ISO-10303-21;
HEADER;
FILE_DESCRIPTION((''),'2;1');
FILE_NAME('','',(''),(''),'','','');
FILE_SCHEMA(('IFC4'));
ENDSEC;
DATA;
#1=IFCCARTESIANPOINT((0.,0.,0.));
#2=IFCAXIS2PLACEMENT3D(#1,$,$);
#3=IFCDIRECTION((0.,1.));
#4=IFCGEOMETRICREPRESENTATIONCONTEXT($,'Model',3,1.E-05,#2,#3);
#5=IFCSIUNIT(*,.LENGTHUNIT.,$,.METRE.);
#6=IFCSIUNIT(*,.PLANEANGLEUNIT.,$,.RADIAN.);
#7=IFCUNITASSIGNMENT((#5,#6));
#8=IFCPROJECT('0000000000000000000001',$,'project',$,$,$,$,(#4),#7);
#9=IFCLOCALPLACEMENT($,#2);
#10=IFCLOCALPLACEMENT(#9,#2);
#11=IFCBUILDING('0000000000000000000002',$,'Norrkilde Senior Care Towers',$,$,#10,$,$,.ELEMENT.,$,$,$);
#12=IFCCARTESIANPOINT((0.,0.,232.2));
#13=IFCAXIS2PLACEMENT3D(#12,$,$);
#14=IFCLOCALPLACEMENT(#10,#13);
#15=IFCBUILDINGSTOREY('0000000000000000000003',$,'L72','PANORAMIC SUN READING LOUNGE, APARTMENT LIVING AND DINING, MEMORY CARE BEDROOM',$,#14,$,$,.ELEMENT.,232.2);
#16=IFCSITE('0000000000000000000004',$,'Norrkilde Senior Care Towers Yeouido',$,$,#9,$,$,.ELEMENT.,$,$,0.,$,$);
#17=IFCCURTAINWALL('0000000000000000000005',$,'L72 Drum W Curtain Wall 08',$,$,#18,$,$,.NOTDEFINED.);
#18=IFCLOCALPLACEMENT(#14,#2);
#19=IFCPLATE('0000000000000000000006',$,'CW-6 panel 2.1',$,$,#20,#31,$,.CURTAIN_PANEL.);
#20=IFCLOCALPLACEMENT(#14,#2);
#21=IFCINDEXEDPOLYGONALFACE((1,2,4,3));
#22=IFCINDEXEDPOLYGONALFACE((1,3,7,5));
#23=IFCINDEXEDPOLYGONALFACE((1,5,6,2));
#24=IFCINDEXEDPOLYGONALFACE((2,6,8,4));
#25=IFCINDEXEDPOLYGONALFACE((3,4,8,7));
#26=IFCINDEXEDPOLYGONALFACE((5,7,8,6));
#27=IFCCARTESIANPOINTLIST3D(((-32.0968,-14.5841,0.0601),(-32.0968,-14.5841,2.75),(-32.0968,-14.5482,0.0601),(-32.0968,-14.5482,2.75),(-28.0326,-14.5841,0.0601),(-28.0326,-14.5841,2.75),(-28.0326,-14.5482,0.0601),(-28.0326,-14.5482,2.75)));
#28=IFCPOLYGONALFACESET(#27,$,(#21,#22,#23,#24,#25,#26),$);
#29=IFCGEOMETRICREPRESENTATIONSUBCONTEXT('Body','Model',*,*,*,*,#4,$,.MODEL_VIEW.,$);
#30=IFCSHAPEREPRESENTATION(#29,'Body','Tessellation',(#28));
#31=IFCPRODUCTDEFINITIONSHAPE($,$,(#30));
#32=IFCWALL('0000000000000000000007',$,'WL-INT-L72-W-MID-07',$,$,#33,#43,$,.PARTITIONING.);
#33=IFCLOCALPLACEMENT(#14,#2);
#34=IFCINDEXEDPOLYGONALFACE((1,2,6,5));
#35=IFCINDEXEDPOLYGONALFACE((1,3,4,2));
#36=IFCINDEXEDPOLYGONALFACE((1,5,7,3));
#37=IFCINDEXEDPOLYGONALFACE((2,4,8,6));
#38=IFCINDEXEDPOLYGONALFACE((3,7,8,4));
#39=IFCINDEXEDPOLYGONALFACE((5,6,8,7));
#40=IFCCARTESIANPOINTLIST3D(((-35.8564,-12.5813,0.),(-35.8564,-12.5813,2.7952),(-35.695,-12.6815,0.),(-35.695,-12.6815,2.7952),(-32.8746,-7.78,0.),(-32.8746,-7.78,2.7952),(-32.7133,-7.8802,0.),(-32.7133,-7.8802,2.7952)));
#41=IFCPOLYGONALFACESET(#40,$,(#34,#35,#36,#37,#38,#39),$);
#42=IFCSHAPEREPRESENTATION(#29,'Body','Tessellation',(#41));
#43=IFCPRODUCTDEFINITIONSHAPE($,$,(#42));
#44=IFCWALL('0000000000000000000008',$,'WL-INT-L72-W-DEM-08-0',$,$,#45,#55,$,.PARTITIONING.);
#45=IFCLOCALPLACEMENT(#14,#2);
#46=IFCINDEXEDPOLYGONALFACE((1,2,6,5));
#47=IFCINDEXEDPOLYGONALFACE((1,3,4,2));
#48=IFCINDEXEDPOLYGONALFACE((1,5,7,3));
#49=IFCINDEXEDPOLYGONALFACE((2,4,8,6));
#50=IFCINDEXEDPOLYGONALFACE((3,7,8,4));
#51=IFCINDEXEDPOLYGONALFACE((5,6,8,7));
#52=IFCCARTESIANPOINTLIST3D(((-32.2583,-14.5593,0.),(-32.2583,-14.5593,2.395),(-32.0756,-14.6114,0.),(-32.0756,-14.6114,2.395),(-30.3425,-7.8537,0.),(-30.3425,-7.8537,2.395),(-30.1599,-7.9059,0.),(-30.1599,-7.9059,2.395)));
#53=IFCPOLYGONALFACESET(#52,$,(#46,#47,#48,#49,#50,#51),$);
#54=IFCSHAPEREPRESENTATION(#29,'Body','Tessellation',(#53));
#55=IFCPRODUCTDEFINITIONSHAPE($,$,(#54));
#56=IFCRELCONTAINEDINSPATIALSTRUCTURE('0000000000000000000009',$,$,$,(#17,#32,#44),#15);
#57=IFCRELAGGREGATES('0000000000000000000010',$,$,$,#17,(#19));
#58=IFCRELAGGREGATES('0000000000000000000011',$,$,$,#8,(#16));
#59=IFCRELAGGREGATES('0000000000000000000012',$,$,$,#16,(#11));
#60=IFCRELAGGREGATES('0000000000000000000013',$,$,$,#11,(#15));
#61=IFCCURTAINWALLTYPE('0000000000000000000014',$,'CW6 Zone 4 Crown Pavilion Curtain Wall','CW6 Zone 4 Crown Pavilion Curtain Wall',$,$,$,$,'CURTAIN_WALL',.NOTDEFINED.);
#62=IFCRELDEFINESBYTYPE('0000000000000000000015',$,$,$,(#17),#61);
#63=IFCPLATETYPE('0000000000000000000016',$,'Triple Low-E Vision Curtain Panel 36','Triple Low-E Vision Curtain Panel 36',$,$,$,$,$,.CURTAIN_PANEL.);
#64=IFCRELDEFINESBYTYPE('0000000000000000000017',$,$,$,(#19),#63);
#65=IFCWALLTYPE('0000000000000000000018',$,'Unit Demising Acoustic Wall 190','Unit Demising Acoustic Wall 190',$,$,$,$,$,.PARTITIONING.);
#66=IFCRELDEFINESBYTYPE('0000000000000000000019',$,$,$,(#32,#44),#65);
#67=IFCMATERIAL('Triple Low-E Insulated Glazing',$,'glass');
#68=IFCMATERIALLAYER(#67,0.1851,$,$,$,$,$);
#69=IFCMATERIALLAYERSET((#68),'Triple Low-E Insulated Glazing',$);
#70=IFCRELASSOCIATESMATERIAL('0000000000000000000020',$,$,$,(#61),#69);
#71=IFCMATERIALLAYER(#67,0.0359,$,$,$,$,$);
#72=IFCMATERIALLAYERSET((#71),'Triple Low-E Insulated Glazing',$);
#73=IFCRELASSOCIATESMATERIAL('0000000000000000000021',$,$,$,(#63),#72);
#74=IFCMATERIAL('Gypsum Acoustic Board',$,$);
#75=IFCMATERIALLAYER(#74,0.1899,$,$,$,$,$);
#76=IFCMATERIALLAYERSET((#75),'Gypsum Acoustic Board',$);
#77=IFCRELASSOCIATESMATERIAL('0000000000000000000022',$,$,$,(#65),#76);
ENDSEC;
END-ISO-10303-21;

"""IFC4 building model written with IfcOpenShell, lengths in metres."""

from ifc_helpers import new_model, si_unit, direction, frame, frame_2d, origin, origin_2d, place, context, subcontext, project, spatial, rectangle, extrude, source, transform, mapped, material, layer, layer_set, type_object, type_shapes, element, aggregate, save


model = new_model("IFC4")

# Units and contexts
model_context = context("Model", 3, precision=1e-05, world=origin(), true_north=direction((0.0, 1.0)))
body_context = subcontext(model_context, "Body", "Model", "MODEL_VIEW")
ifc_project = project(units=[si_unit("LENGTHUNIT", "METRE"), si_unit("PLANEANGLEUNIT", "RADIAN")], contexts=[model_context])

# Site, building, storey
site_placement = place(None, origin())
site = spatial("IfcSite", under=ifc_project, at=site_placement, Name="Norrkilde Senior Care Towers Yeouido", CompositionType="ELEMENT", RefElevation=0.0)
building_placement = place(site_placement, origin())
building = spatial("IfcBuilding", under=site, at=building_placement, Name="Norrkilde Senior Care Towers", CompositionType="ELEMENT")
storey_placement = place(building_placement, frame((0.0, 0.0, 232.2)))
storey = spatial("IfcBuildingStorey", under=building, at=storey_placement, Name="L72", Description="PANORAMIC SUN READING LOUNGE, APARTMENT LIVING AND DINING, MEMORY CARE BEDROOM", CompositionType="ELEMENT", Elevation=232.2)

# Shared definitions
ifc_material_1 = material(Name="Triple Low-E Insulated Glazing", Category="glass")
ifc_layer_1 = layer(ifc_material_1, 0.1851)
ifc_layer_set_1 = layer_set([ifc_layer_1], Name="Triple Low-E Insulated Glazing")
curtain_wall_type = type_object("IfcCurtainWallType", Name="CW6 Zone 4 Crown Pavilion Curtain Wall", Description="CW6 Zone 4 Crown Pavilion Curtain Wall", ElementType="CURTAIN_WALL", PredefinedType="NOTDEFINED", material=ifc_layer_set_1)

# Curtain wall
curtain_wall_1_placement = place(storey_placement, origin())
curtain_wall_1 = element("IfcCurtainWall", 1, at=curtain_wall_1_placement, inside=storey, type_object=curtain_wall_type, Name="L72 Drum W Curtain Wall 08", PredefinedType="NOTDEFINED")

# Plate
ifc_layer_2 = layer(ifc_material_1, 0.0359)
ifc_layer_set_2 = layer_set([ifc_layer_2], Name="Triple Low-E Insulated Glazing")
plate_type = type_object("IfcPlateType", Name="Triple Low-E Vision Curtain Panel 36", Description="Triple Low-E Vision Curtain Panel 36", PredefinedType="CURTAIN_PANEL", material=ifc_layer_set_2)
shared_shape_1 = source(origin(), body_context, "Body", "SweptSolid", [
    extrude(rectangle(XDim=4.0642, YDim=0.0359, at=origin_2d()), origin(), (0.0, 0.0, 1.0), 2.6899),
])
plate_1_placement = place(storey_placement, frame((-30.0647, -14.5662, 0.0601), z_axis=(0.0, 0.0, 1.0), x_axis=(-1.0, 0.0, 0.0)))
plate_1 = element("IfcPlate", 2, at=plate_1_placement, type_object=plate_type, Name="CW-6 panel 2.1", PredefinedType="CURTAIN_PANEL", context=body_context, shape_type="MappedRepresentation", body=[
    mapped(shared_shape_1, transform((0.0, 0.0, 0.0), x_axis=(1.0, 0.0, 0.0), y_axis=(0.0, 1.0, 0.0), z_axis=(0.0, 0.0, 1.0), scale=1.0)),
])
aggregate(curtain_wall_1, [plate_1])

# Walls
ifc_material_2 = material(Name="Gypsum Acoustic Board")
ifc_layer_3 = layer(ifc_material_2, 0.1899)
ifc_layer_set_3 = layer_set([ifc_layer_3], Name="Gypsum Acoustic Board")
wall_type = type_object("IfcWallType", Name="Unit Demising Acoustic Wall 190", Description="Unit Demising Acoustic Wall 190", PredefinedType="PARTITIONING", material=ifc_layer_set_3)
shared_shape_2 = source(origin(), body_context, "Body", "SweptSolid", [
    extrude(rectangle(XDim=5.6519, YDim=0.1899, at=frame_2d((2.8259, 0.0))), origin(), (0.0, 0.0, 1.0), 2.7952),
])
wall_1_placement = place(storey_placement, frame((-32.7939, -7.8301, 0.0), z_axis=(0.0, 0.0, 1.0), x_axis=(-0.527566, -0.849514, 0.0)))
element("IfcWall", 3, at=wall_1_placement, inside=storey, type_object=wall_type, Name="WL-INT-L72-W-MID-07", PredefinedType="PARTITIONING", context=body_context, shape_type="MappedRepresentation", body=[
    mapped(shared_shape_2, transform((0.0, 0.0, 0.0), x_axis=(1.0, 0.0, 0.0), y_axis=(0.0, 1.0, 0.0), z_axis=(0.0, 0.0, 1.0), scale=1.0)),
])
shared_shape_3 = source(origin(), body_context, "Body", "SweptSolid", [
    extrude(rectangle(XDim=6.9739, YDim=0.1899, at=frame_2d((3.4868, 0.0))), origin(), (0.0, 0.0, 1.0), 2.395),
])
type_shapes(wall_type, [shared_shape_2, shared_shape_3])
wall_2_placement = place(storey_placement, frame((-30.2512, -7.8799, 0.0), z_axis=(0.0, 0.0, 1.0), x_axis=(-0.274707, -0.961528, 0.0)))
element("IfcWall", 4, at=wall_2_placement, inside=storey, type_object=wall_type, Name="WL-INT-L72-W-DEM-08-0", PredefinedType="PARTITIONING", context=body_context, shape_type="MappedRepresentation", body=[
    mapped(shared_shape_3, transform((0.0, 0.0, 0.0), x_axis=(1.0, 0.0, 0.0), y_axis=(0.0, 1.0, 0.0), z_axis=(0.0, 0.0, 1.0), scale=1.0)),
])

save(model, "model.ifc")
